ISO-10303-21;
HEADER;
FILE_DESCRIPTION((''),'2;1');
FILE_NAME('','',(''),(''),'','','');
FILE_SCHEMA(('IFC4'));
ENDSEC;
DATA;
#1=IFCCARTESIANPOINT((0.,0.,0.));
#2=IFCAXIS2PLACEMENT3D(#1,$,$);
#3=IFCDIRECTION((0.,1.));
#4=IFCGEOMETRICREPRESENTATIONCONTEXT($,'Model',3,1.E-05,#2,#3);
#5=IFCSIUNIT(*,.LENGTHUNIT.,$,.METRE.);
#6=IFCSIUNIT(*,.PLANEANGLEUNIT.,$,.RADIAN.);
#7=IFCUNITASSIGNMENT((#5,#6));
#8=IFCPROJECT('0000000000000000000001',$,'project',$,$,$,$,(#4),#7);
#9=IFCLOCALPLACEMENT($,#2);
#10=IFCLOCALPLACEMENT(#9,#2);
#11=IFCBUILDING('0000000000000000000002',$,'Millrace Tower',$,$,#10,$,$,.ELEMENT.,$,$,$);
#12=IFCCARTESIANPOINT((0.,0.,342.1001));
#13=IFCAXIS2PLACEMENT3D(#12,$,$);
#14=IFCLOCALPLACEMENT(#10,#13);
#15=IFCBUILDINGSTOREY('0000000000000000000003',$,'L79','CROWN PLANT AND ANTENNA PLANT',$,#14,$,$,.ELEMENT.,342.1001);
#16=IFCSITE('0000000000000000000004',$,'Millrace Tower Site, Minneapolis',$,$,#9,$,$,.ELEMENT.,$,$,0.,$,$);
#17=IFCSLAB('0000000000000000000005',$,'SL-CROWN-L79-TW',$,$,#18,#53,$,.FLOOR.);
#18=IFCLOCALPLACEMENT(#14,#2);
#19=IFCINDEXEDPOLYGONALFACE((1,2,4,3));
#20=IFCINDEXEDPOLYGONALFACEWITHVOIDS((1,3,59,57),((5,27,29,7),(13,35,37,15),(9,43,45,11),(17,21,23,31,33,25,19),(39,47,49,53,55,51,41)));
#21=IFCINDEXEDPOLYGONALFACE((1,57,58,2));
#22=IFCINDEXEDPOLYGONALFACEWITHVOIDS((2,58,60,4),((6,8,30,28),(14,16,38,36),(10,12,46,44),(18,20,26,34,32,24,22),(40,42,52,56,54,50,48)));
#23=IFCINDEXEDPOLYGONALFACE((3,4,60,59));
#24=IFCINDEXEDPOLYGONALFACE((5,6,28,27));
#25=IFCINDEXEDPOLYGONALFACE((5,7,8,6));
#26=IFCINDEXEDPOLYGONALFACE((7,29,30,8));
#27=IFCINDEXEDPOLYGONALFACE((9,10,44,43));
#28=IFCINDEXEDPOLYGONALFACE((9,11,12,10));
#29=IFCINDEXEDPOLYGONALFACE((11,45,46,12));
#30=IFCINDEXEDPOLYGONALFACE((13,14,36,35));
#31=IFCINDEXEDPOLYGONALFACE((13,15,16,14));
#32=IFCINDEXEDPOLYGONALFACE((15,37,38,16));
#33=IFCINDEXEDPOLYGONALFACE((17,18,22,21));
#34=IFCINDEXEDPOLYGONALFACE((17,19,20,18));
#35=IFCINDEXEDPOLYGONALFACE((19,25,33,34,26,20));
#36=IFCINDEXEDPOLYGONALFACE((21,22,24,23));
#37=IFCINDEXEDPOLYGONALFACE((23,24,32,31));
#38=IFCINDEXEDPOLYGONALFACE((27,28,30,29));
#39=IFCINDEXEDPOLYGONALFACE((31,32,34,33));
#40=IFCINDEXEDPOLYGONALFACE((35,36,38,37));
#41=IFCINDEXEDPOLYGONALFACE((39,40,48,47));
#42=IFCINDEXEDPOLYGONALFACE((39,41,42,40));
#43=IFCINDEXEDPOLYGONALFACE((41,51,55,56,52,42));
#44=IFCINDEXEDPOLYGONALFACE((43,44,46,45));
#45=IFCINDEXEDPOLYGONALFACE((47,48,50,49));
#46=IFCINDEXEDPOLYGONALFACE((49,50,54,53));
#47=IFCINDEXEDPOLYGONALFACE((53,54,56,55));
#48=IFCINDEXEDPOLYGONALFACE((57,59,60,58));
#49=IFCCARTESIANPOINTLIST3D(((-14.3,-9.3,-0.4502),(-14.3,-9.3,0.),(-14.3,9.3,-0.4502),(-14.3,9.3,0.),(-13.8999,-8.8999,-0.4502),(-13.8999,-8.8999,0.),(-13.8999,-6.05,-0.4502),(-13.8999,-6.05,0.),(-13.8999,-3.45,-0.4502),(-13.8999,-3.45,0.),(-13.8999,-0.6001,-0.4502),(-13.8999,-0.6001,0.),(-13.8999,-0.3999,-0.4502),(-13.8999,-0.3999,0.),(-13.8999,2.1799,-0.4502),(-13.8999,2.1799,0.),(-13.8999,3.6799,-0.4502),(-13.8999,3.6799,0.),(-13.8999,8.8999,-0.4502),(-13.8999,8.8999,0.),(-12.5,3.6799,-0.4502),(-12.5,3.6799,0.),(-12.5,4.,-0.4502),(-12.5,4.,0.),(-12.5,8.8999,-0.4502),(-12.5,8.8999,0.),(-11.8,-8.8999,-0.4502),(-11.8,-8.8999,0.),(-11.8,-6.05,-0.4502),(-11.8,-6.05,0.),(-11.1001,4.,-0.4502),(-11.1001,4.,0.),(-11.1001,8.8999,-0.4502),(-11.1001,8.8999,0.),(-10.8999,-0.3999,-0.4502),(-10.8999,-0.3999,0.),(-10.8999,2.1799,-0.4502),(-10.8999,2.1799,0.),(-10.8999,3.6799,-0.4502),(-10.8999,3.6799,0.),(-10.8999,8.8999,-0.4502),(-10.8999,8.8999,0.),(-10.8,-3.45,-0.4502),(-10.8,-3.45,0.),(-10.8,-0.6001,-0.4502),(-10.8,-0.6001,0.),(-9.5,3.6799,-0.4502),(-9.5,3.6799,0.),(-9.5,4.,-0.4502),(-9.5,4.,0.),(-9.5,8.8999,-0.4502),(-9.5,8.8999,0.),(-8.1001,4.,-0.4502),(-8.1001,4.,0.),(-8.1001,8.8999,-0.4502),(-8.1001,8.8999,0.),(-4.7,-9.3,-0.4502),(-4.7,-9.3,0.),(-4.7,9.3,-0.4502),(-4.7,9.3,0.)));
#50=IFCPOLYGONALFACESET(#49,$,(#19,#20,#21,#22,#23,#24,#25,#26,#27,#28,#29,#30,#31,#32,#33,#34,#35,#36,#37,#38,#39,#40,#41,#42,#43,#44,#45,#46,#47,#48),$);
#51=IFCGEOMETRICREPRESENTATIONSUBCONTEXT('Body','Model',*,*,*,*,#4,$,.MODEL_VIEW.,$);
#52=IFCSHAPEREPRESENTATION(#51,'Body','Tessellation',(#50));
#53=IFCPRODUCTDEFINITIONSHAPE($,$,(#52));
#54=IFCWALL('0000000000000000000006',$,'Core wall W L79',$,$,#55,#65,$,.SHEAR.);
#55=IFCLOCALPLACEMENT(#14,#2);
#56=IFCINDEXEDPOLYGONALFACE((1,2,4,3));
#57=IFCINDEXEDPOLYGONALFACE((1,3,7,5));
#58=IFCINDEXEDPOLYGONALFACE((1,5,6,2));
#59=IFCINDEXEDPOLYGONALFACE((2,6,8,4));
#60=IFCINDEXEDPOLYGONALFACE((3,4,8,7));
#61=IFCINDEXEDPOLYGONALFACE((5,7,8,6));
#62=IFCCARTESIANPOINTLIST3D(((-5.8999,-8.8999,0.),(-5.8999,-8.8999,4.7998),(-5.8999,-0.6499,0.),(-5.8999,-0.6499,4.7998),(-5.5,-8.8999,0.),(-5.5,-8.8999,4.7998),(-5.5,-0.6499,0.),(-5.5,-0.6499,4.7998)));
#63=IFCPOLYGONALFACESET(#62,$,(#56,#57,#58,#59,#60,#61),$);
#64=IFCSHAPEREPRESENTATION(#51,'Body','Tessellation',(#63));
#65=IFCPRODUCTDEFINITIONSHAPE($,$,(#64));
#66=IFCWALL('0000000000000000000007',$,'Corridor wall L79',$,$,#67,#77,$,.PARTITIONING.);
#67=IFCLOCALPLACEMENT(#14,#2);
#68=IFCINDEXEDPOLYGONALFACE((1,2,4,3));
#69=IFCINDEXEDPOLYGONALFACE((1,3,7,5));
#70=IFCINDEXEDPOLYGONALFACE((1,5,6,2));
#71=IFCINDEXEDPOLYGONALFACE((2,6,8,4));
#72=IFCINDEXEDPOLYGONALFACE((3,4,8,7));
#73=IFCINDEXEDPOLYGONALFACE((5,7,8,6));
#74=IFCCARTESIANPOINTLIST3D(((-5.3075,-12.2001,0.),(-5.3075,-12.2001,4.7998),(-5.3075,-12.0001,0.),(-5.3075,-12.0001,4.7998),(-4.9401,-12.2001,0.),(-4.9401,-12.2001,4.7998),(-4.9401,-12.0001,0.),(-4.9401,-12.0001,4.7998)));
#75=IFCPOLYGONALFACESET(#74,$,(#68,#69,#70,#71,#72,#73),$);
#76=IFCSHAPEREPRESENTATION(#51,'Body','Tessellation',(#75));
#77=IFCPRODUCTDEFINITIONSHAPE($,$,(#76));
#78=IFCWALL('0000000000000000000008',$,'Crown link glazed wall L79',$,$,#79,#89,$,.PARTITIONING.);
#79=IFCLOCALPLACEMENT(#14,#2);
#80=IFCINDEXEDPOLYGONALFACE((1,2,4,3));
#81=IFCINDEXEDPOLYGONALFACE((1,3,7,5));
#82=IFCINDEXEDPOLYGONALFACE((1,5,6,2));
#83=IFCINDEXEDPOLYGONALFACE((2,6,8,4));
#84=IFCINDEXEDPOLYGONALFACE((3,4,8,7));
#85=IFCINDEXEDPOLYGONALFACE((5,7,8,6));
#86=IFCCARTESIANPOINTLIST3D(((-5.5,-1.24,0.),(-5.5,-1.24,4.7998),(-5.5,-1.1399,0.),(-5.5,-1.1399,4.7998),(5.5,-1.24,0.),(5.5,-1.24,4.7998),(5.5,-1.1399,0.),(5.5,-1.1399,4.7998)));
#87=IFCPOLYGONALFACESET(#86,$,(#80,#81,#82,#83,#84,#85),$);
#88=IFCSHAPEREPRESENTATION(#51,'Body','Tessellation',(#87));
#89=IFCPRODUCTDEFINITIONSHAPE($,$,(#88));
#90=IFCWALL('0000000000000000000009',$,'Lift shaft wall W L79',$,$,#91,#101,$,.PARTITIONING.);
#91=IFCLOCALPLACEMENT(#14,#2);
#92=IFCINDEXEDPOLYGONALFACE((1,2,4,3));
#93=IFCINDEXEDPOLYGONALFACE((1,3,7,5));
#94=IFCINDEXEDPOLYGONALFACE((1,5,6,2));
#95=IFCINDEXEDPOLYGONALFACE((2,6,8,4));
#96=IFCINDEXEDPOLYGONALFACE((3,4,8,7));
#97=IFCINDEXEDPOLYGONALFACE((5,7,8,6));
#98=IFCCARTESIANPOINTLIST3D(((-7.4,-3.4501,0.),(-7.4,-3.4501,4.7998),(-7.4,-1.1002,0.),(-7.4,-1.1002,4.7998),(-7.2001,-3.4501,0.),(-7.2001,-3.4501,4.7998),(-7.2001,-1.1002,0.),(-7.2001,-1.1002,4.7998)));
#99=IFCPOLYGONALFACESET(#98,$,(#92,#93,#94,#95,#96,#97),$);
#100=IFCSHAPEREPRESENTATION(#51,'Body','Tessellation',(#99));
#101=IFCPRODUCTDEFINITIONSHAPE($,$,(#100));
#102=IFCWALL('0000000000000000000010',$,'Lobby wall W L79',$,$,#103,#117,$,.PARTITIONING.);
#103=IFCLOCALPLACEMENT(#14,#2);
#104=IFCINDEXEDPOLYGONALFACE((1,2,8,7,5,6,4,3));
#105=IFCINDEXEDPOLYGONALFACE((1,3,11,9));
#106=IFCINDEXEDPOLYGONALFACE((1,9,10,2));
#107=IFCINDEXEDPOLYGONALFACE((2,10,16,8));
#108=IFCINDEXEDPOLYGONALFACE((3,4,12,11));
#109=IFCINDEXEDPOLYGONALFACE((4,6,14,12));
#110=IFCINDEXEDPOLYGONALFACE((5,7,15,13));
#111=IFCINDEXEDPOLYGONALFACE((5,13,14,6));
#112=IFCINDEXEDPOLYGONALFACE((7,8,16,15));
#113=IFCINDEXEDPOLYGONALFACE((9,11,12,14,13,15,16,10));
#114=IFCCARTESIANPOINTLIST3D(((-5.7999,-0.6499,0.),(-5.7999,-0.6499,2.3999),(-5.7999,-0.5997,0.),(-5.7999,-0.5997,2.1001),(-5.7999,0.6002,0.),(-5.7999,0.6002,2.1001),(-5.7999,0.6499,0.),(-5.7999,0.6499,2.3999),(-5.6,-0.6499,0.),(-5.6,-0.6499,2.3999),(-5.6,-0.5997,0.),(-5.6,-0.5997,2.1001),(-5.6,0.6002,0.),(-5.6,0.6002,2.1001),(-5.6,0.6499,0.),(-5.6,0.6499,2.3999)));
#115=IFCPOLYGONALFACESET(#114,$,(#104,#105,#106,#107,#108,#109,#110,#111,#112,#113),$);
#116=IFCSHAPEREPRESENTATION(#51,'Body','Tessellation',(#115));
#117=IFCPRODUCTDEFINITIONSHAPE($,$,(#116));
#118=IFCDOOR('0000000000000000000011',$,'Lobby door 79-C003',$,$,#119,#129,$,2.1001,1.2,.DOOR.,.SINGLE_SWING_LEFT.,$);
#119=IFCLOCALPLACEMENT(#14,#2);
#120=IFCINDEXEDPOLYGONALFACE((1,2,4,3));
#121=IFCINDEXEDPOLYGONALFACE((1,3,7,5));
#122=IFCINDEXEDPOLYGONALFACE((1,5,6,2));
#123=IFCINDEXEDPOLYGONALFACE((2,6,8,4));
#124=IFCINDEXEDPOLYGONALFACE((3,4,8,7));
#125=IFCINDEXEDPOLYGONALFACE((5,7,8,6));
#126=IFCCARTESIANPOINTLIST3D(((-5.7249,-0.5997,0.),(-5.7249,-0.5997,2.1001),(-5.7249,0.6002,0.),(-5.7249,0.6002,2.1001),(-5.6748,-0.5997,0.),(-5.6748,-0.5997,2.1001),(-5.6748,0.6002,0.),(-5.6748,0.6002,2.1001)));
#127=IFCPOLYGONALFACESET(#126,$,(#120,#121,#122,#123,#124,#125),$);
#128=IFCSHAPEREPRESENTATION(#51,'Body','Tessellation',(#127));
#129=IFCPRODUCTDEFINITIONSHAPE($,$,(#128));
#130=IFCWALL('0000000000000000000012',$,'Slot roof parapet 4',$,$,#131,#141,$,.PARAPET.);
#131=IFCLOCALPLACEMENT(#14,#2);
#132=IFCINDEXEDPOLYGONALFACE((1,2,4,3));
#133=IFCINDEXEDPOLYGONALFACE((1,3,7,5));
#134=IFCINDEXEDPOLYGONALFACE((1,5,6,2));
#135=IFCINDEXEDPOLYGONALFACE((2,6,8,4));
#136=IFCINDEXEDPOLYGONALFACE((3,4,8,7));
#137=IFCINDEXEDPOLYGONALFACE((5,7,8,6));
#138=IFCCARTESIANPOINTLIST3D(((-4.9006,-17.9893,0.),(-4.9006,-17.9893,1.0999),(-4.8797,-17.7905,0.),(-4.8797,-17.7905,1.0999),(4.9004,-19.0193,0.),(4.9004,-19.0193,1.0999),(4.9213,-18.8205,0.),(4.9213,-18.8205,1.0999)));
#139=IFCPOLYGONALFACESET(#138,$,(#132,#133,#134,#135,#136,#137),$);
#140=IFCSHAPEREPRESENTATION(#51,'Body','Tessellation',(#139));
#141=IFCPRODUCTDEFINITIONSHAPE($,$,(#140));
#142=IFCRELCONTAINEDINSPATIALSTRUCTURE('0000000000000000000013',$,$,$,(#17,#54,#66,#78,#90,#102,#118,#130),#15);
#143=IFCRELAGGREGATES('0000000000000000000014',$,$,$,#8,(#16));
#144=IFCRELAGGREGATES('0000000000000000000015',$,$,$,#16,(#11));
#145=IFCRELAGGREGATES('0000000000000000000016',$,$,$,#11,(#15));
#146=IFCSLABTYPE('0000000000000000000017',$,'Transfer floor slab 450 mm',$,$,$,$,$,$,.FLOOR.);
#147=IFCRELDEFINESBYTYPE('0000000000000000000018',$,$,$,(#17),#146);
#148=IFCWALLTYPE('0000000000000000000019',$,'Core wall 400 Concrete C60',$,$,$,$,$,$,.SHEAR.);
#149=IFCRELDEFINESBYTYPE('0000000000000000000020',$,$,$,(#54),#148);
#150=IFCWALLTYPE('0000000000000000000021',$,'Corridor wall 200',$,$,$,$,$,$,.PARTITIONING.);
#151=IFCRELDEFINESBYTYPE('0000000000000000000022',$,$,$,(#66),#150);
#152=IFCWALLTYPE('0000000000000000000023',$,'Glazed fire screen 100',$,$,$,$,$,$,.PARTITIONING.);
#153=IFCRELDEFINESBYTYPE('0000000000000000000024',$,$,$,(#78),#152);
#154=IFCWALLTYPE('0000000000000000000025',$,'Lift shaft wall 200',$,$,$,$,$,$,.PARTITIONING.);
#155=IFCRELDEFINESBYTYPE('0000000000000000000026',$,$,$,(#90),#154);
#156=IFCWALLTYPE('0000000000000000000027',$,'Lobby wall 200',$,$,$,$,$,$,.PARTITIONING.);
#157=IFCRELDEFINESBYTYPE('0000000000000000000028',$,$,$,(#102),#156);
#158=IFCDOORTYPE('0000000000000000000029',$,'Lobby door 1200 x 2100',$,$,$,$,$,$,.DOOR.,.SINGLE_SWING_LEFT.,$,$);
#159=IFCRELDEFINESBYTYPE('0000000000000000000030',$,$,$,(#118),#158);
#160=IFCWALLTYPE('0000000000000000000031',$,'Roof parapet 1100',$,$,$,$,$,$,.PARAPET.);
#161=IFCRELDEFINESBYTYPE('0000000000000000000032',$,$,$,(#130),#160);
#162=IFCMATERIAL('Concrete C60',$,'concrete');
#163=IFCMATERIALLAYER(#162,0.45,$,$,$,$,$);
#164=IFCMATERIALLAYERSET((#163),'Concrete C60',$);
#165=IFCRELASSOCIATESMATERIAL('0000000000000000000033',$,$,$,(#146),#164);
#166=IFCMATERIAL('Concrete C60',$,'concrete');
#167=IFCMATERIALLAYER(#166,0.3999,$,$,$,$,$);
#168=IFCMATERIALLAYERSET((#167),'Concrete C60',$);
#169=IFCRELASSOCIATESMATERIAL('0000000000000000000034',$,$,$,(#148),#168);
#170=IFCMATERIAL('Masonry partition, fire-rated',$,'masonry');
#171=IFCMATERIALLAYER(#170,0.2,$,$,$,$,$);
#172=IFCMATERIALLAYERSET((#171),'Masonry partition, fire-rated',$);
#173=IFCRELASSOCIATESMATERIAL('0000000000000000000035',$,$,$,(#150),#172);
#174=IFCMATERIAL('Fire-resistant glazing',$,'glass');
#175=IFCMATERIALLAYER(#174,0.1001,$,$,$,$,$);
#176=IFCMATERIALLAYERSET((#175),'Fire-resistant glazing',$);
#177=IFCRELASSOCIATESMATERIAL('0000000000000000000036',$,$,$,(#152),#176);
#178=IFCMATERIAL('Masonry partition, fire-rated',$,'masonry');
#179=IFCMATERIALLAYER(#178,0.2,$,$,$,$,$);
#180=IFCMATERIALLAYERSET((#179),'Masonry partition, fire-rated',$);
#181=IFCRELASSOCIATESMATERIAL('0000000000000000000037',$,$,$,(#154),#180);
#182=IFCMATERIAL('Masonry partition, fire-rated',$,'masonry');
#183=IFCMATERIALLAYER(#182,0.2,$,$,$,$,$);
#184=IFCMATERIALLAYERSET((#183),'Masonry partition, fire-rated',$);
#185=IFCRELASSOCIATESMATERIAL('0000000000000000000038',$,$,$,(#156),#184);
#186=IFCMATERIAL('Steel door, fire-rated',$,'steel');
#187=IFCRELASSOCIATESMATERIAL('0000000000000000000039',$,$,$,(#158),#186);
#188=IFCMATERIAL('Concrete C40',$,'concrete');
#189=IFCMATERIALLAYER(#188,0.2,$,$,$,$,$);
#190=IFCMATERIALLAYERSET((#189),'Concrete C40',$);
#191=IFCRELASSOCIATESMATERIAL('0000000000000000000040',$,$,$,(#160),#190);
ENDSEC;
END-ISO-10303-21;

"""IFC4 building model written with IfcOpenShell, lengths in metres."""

from ifc_helpers import new_model, si_unit, direction, frame, frame_2d, origin, place, context, subcontext, project, spatial, polyline, rectangle, outline, extrude, material, layer, layer_set, type_object, element, fill, save


model = new_model("IFC4")

# Units and contexts
model_context = context("Model", 3, precision=1e-05, world=origin(), true_north=direction((0.0, 1.0)))
body_context = subcontext(model_context, "Body", "Model", "MODEL_VIEW")
ifc_project = project(units=[si_unit("LENGTHUNIT", "METRE"), si_unit("PLANEANGLEUNIT", "RADIAN")], contexts=[model_context])

# Site, building, storey
site_placement = place(None, origin())
site = spatial("IfcSite", under=ifc_project, at=site_placement, Name="Millrace Tower Site, Minneapolis", CompositionType="ELEMENT", RefElevation=0.0)
building_placement = place(site_placement, origin())
building = spatial("IfcBuilding", under=site, at=building_placement, Name="Millrace Tower", CompositionType="ELEMENT")
storey_placement = place(building_placement, frame((0.0, 0.0, 342.1001)))
storey = spatial("IfcBuildingStorey", under=building, at=storey_placement, Name="L79", Description="CROWN PLANT AND ANTENNA PLANT", CompositionType="ELEMENT", Elevation=342.1001)

# Slab
ifc_material_1 = material(Name="Concrete C60", Category="concrete")
ifc_layer_1 = layer(ifc_material_1, 0.45)
ifc_layer_set_1 = layer_set([ifc_layer_1], Name="Concrete C60")
slab_type_1 = type_object("IfcSlabType", Name="Transfer floor slab 450 mm", PredefinedType="FLOOR", material=ifc_layer_set_1)
slab_1_placement = place(storey_placement, frame((0.0, 0.0, -0.4502)))
element("IfcSlab", 1, at=slab_1_placement, inside=storey, type_object=slab_type_1, Name="SL-CROWN-L79-TW", PredefinedType="FLOOR", context=body_context, shape_type="SweptSolid", body=[
    extrude(outline(polyline([(-14.3, -9.3), (-4.7, -9.3), (-4.7, 9.3), (-14.3, 9.3), (-14.3, -9.3)]), holes=[polyline([(-13.8999, -8.8999), (-11.8, -8.8999), (-11.8, -6.05), (-13.8999, -6.05), (-13.8999, -8.8999)]), polyline([(-13.8999, -3.45), (-10.8, -3.45), (-10.8, -0.6001), (-13.8999, -0.6001), (-13.8999, -3.45)]), polyline([(-13.8999, -0.3999), (-10.8999, -0.3999), (-10.8999, 2.1799), (-13.8999, 2.1799), (-13.8999, -0.3999)]), polyline([(-12.5, 3.6799), (-12.5, 4.0), (-11.1001, 4.0), (-11.1001, 8.8999), (-12.5, 8.8999), (-13.8999, 8.8999), (-13.8999, 3.6799), (-12.5, 3.6799)]), polyline([(-9.5, 3.6799), (-9.5, 4.0), (-8.1001, 4.0), (-8.1001, 8.8999), (-9.5, 8.8999), (-10.8999, 8.8999), (-10.8999, 3.6799), (-9.5, 3.6799)])]), origin(), (0.0, 0.0, 1.0), 0.4502),
])

# Walls
ifc_material_2 = material(Name="Concrete C60", Category="concrete")
ifc_layer_2 = layer(ifc_material_2, 0.3999)
ifc_layer_set_2 = layer_set([ifc_layer_2], Name="Concrete C60")
wall_type_1 = type_object("IfcWallType", Name="Core wall 400 Concrete C60", PredefinedType="SHEAR", material=ifc_layer_set_2)
wall_1_placement = place(storey_placement, frame((-5.7, -8.8999, 0.0), z_axis=(0.0, 0.0, 1.0), x_axis=(0.0, 1.0, 0.0)))
element("IfcWall", 2, at=wall_1_placement, inside=storey, type_object=wall_type_1, Name="Core wall W L79", PredefinedType="SHEAR", context=body_context, shape_type="SweptSolid", body=[
    extrude(rectangle(XDim=8.25, YDim=0.3999, at=frame_2d((4.125, 0.0))), origin(), (0.0, 0.0, 1.0), 4.7998),
])
ifc_material_3 = material(Name="Masonry partition, fire-rated", Category="masonry")
ifc_layer_3 = layer(ifc_material_3, 0.2)
ifc_layer_set_3 = layer_set([ifc_layer_3], Name="Masonry partition, fire-rated")
wall_type_2 = type_object("IfcWallType", Name="Corridor wall 200", PredefinedType="PARTITIONING", material=ifc_layer_set_3)
wall_2_placement = place(storey_placement, frame((-5.3074, -12.1001, 0.0), z_axis=(0.0, 0.0, 1.0), x_axis=(1.0, 0.0, 0.0)))
element("IfcWall", 3, at=wall_2_placement, inside=storey, type_object=wall_type_2, Name="Corridor wall L79", PredefinedType="PARTITIONING", context=body_context, shape_type="SweptSolid", body=[
    extrude(rectangle(XDim=0.3674, YDim=0.2, at=frame_2d((0.1836, 0.0))), origin(), (0.0, 0.0, 1.0), 4.7998),
])
ifc_material_4 = material(Name="Fire-resistant glazing", Category="glass")
ifc_layer_4 = layer(ifc_material_4, 0.1001)
ifc_layer_set_4 = layer_set([ifc_layer_4], Name="Fire-resistant glazing")
wall_type_3 = type_object("IfcWallType", Name="Glazed fire screen 100", PredefinedType="PARTITIONING", material=ifc_layer_set_4)
wall_3_placement = place(storey_placement, frame((-5.5, -1.1899, 0.0), z_axis=(0.0, 0.0, 1.0), x_axis=(1.0, 0.0, 0.0)))
element("IfcWall", 4, at=wall_3_placement, inside=storey, type_object=wall_type_3, Name="Crown link glazed wall L79", PredefinedType="PARTITIONING", context=body_context, shape_type="SweptSolid", body=[
    extrude(rectangle(XDim=11.0, YDim=0.1001, at=frame_2d((5.5, 0.0))), origin(), (0.0, 0.0, 1.0), 4.7998),
])
ifc_material_5 = material(Name="Masonry partition, fire-rated", Category="masonry")
ifc_layer_5 = layer(ifc_material_5, 0.2)
ifc_layer_set_5 = layer_set([ifc_layer_5], Name="Masonry partition, fire-rated")
wall_type_4 = type_object("IfcWallType", Name="Lift shaft wall 200", PredefinedType="PARTITIONING", material=ifc_layer_set_5)
wall_4_placement = place(storey_placement, frame((-7.3, -3.45, 0.0), z_axis=(0.0, 0.0, 1.0), x_axis=(0.0, 1.0, 0.0)))
element("IfcWall", 5, at=wall_4_placement, inside=storey, type_object=wall_type_4, Name="Lift shaft wall W L79", PredefinedType="PARTITIONING", context=body_context, shape_type="SweptSolid", body=[
    extrude(rectangle(XDim=2.3499, YDim=0.2, at=frame_2d((1.1748, 0.0))), origin(), (0.0, 0.0, 1.0), 4.7998),
])

# Wall, opening, door
ifc_material_6 = material(Name="Masonry partition, fire-rated", Category="masonry")
ifc_layer_6 = layer(ifc_material_6, 0.2)
ifc_layer_set_6 = layer_set([ifc_layer_6], Name="Masonry partition, fire-rated")
wall_type_5 = type_object("IfcWallType", Name="Lobby wall 200", PredefinedType="PARTITIONING", material=ifc_layer_set_6)
wall_5_placement = place(storey_placement, frame((-5.7, -0.6499, 0.0), z_axis=(0.0, 0.0, 1.0), x_axis=(0.0, 1.0, 0.0)))
wall_5 = element("IfcWall", 6, at=wall_5_placement, inside=storey, type_object=wall_type_5, Name="Lobby wall W L79", PredefinedType="PARTITIONING", context=body_context, shape_type="SweptSolid", body=[
    extrude(rectangle(XDim=1.2998, YDim=0.2, at=frame_2d((0.6499, 0.0))), origin(), (0.0, 0.0, 1.0), 2.3999),
])
opening_placement = place(wall_5_placement, frame((0.05, 0.0, 0.0)))
opening = element("IfcOpeningElement", 7, at=opening_placement, cuts=wall_5, PredefinedType="OPENING", context=body_context, shape_type="SweptSolid", body=[
    extrude(rectangle(XDim=1.2, YDim=2.1001, at=frame_2d((0.6001, 1.05))), frame((0.0, 0.1099, 0.0), z_axis=(0.0, -1.0, 0.0), x_axis=(1.0, 0.0, 0.0)), (0.0, 0.0, 1.0), 0.22),
])
ifc_material_7 = material(Name="Steel door, fire-rated", Category="steel")
door_type = type_object("IfcDoorType", Name="Lobby door 1200 x 2100", OperationType="SINGLE_SWING_LEFT", PredefinedType="DOOR", material=ifc_material_7)
door_placement = place(opening_placement, origin())
door = element("IfcDoor", 8, at=door_placement, inside=storey, type_object=door_type, Name="Lobby door 79-C003", OperationType="SINGLE_SWING_LEFT", OverallHeight=2.1001, OverallWidth=1.2, PredefinedType="DOOR", context=body_context, shape_type="SweptSolid", body=[
    extrude(rectangle(XDim=1.2, YDim=2.1001, at=frame_2d((0.6001, 1.05))), frame((0.0, 0.0249, 0.0), z_axis=(0.0, -1.0, 0.0), x_axis=(1.0, 0.0, 0.0)), (0.0, 0.0, 1.0), 0.05),
])
fill(opening, door)

# Wall
ifc_material_8 = material(Name="Concrete C40", Category="concrete")
ifc_layer_7 = layer(ifc_material_8, 0.2)
ifc_layer_set_7 = layer_set([ifc_layer_7], Name="Concrete C40")
wall_type_6 = type_object("IfcWallType", Name="Roof parapet 1100", PredefinedType="PARAPET", material=ifc_layer_set_7)
wall_6_placement = place(storey_placement, frame((-4.8901, -17.8899, 0.0), z_axis=(0.0, 0.0, 1.0), x_axis=(0.994523, -0.104518, 0.0)))
element("IfcWall", 9, at=wall_6_placement, inside=storey, type_object=wall_type_6, Name="Slot roof parapet 4", PredefinedType="PARAPET", context=body_context, shape_type="SweptSolid", body=[
    extrude(rectangle(XDim=9.855, YDim=0.2, at=frame_2d((4.9275, 0.0))), origin(), (0.0, 0.0, 1.0), 1.0999),
])

save(model, "model.ifc")
